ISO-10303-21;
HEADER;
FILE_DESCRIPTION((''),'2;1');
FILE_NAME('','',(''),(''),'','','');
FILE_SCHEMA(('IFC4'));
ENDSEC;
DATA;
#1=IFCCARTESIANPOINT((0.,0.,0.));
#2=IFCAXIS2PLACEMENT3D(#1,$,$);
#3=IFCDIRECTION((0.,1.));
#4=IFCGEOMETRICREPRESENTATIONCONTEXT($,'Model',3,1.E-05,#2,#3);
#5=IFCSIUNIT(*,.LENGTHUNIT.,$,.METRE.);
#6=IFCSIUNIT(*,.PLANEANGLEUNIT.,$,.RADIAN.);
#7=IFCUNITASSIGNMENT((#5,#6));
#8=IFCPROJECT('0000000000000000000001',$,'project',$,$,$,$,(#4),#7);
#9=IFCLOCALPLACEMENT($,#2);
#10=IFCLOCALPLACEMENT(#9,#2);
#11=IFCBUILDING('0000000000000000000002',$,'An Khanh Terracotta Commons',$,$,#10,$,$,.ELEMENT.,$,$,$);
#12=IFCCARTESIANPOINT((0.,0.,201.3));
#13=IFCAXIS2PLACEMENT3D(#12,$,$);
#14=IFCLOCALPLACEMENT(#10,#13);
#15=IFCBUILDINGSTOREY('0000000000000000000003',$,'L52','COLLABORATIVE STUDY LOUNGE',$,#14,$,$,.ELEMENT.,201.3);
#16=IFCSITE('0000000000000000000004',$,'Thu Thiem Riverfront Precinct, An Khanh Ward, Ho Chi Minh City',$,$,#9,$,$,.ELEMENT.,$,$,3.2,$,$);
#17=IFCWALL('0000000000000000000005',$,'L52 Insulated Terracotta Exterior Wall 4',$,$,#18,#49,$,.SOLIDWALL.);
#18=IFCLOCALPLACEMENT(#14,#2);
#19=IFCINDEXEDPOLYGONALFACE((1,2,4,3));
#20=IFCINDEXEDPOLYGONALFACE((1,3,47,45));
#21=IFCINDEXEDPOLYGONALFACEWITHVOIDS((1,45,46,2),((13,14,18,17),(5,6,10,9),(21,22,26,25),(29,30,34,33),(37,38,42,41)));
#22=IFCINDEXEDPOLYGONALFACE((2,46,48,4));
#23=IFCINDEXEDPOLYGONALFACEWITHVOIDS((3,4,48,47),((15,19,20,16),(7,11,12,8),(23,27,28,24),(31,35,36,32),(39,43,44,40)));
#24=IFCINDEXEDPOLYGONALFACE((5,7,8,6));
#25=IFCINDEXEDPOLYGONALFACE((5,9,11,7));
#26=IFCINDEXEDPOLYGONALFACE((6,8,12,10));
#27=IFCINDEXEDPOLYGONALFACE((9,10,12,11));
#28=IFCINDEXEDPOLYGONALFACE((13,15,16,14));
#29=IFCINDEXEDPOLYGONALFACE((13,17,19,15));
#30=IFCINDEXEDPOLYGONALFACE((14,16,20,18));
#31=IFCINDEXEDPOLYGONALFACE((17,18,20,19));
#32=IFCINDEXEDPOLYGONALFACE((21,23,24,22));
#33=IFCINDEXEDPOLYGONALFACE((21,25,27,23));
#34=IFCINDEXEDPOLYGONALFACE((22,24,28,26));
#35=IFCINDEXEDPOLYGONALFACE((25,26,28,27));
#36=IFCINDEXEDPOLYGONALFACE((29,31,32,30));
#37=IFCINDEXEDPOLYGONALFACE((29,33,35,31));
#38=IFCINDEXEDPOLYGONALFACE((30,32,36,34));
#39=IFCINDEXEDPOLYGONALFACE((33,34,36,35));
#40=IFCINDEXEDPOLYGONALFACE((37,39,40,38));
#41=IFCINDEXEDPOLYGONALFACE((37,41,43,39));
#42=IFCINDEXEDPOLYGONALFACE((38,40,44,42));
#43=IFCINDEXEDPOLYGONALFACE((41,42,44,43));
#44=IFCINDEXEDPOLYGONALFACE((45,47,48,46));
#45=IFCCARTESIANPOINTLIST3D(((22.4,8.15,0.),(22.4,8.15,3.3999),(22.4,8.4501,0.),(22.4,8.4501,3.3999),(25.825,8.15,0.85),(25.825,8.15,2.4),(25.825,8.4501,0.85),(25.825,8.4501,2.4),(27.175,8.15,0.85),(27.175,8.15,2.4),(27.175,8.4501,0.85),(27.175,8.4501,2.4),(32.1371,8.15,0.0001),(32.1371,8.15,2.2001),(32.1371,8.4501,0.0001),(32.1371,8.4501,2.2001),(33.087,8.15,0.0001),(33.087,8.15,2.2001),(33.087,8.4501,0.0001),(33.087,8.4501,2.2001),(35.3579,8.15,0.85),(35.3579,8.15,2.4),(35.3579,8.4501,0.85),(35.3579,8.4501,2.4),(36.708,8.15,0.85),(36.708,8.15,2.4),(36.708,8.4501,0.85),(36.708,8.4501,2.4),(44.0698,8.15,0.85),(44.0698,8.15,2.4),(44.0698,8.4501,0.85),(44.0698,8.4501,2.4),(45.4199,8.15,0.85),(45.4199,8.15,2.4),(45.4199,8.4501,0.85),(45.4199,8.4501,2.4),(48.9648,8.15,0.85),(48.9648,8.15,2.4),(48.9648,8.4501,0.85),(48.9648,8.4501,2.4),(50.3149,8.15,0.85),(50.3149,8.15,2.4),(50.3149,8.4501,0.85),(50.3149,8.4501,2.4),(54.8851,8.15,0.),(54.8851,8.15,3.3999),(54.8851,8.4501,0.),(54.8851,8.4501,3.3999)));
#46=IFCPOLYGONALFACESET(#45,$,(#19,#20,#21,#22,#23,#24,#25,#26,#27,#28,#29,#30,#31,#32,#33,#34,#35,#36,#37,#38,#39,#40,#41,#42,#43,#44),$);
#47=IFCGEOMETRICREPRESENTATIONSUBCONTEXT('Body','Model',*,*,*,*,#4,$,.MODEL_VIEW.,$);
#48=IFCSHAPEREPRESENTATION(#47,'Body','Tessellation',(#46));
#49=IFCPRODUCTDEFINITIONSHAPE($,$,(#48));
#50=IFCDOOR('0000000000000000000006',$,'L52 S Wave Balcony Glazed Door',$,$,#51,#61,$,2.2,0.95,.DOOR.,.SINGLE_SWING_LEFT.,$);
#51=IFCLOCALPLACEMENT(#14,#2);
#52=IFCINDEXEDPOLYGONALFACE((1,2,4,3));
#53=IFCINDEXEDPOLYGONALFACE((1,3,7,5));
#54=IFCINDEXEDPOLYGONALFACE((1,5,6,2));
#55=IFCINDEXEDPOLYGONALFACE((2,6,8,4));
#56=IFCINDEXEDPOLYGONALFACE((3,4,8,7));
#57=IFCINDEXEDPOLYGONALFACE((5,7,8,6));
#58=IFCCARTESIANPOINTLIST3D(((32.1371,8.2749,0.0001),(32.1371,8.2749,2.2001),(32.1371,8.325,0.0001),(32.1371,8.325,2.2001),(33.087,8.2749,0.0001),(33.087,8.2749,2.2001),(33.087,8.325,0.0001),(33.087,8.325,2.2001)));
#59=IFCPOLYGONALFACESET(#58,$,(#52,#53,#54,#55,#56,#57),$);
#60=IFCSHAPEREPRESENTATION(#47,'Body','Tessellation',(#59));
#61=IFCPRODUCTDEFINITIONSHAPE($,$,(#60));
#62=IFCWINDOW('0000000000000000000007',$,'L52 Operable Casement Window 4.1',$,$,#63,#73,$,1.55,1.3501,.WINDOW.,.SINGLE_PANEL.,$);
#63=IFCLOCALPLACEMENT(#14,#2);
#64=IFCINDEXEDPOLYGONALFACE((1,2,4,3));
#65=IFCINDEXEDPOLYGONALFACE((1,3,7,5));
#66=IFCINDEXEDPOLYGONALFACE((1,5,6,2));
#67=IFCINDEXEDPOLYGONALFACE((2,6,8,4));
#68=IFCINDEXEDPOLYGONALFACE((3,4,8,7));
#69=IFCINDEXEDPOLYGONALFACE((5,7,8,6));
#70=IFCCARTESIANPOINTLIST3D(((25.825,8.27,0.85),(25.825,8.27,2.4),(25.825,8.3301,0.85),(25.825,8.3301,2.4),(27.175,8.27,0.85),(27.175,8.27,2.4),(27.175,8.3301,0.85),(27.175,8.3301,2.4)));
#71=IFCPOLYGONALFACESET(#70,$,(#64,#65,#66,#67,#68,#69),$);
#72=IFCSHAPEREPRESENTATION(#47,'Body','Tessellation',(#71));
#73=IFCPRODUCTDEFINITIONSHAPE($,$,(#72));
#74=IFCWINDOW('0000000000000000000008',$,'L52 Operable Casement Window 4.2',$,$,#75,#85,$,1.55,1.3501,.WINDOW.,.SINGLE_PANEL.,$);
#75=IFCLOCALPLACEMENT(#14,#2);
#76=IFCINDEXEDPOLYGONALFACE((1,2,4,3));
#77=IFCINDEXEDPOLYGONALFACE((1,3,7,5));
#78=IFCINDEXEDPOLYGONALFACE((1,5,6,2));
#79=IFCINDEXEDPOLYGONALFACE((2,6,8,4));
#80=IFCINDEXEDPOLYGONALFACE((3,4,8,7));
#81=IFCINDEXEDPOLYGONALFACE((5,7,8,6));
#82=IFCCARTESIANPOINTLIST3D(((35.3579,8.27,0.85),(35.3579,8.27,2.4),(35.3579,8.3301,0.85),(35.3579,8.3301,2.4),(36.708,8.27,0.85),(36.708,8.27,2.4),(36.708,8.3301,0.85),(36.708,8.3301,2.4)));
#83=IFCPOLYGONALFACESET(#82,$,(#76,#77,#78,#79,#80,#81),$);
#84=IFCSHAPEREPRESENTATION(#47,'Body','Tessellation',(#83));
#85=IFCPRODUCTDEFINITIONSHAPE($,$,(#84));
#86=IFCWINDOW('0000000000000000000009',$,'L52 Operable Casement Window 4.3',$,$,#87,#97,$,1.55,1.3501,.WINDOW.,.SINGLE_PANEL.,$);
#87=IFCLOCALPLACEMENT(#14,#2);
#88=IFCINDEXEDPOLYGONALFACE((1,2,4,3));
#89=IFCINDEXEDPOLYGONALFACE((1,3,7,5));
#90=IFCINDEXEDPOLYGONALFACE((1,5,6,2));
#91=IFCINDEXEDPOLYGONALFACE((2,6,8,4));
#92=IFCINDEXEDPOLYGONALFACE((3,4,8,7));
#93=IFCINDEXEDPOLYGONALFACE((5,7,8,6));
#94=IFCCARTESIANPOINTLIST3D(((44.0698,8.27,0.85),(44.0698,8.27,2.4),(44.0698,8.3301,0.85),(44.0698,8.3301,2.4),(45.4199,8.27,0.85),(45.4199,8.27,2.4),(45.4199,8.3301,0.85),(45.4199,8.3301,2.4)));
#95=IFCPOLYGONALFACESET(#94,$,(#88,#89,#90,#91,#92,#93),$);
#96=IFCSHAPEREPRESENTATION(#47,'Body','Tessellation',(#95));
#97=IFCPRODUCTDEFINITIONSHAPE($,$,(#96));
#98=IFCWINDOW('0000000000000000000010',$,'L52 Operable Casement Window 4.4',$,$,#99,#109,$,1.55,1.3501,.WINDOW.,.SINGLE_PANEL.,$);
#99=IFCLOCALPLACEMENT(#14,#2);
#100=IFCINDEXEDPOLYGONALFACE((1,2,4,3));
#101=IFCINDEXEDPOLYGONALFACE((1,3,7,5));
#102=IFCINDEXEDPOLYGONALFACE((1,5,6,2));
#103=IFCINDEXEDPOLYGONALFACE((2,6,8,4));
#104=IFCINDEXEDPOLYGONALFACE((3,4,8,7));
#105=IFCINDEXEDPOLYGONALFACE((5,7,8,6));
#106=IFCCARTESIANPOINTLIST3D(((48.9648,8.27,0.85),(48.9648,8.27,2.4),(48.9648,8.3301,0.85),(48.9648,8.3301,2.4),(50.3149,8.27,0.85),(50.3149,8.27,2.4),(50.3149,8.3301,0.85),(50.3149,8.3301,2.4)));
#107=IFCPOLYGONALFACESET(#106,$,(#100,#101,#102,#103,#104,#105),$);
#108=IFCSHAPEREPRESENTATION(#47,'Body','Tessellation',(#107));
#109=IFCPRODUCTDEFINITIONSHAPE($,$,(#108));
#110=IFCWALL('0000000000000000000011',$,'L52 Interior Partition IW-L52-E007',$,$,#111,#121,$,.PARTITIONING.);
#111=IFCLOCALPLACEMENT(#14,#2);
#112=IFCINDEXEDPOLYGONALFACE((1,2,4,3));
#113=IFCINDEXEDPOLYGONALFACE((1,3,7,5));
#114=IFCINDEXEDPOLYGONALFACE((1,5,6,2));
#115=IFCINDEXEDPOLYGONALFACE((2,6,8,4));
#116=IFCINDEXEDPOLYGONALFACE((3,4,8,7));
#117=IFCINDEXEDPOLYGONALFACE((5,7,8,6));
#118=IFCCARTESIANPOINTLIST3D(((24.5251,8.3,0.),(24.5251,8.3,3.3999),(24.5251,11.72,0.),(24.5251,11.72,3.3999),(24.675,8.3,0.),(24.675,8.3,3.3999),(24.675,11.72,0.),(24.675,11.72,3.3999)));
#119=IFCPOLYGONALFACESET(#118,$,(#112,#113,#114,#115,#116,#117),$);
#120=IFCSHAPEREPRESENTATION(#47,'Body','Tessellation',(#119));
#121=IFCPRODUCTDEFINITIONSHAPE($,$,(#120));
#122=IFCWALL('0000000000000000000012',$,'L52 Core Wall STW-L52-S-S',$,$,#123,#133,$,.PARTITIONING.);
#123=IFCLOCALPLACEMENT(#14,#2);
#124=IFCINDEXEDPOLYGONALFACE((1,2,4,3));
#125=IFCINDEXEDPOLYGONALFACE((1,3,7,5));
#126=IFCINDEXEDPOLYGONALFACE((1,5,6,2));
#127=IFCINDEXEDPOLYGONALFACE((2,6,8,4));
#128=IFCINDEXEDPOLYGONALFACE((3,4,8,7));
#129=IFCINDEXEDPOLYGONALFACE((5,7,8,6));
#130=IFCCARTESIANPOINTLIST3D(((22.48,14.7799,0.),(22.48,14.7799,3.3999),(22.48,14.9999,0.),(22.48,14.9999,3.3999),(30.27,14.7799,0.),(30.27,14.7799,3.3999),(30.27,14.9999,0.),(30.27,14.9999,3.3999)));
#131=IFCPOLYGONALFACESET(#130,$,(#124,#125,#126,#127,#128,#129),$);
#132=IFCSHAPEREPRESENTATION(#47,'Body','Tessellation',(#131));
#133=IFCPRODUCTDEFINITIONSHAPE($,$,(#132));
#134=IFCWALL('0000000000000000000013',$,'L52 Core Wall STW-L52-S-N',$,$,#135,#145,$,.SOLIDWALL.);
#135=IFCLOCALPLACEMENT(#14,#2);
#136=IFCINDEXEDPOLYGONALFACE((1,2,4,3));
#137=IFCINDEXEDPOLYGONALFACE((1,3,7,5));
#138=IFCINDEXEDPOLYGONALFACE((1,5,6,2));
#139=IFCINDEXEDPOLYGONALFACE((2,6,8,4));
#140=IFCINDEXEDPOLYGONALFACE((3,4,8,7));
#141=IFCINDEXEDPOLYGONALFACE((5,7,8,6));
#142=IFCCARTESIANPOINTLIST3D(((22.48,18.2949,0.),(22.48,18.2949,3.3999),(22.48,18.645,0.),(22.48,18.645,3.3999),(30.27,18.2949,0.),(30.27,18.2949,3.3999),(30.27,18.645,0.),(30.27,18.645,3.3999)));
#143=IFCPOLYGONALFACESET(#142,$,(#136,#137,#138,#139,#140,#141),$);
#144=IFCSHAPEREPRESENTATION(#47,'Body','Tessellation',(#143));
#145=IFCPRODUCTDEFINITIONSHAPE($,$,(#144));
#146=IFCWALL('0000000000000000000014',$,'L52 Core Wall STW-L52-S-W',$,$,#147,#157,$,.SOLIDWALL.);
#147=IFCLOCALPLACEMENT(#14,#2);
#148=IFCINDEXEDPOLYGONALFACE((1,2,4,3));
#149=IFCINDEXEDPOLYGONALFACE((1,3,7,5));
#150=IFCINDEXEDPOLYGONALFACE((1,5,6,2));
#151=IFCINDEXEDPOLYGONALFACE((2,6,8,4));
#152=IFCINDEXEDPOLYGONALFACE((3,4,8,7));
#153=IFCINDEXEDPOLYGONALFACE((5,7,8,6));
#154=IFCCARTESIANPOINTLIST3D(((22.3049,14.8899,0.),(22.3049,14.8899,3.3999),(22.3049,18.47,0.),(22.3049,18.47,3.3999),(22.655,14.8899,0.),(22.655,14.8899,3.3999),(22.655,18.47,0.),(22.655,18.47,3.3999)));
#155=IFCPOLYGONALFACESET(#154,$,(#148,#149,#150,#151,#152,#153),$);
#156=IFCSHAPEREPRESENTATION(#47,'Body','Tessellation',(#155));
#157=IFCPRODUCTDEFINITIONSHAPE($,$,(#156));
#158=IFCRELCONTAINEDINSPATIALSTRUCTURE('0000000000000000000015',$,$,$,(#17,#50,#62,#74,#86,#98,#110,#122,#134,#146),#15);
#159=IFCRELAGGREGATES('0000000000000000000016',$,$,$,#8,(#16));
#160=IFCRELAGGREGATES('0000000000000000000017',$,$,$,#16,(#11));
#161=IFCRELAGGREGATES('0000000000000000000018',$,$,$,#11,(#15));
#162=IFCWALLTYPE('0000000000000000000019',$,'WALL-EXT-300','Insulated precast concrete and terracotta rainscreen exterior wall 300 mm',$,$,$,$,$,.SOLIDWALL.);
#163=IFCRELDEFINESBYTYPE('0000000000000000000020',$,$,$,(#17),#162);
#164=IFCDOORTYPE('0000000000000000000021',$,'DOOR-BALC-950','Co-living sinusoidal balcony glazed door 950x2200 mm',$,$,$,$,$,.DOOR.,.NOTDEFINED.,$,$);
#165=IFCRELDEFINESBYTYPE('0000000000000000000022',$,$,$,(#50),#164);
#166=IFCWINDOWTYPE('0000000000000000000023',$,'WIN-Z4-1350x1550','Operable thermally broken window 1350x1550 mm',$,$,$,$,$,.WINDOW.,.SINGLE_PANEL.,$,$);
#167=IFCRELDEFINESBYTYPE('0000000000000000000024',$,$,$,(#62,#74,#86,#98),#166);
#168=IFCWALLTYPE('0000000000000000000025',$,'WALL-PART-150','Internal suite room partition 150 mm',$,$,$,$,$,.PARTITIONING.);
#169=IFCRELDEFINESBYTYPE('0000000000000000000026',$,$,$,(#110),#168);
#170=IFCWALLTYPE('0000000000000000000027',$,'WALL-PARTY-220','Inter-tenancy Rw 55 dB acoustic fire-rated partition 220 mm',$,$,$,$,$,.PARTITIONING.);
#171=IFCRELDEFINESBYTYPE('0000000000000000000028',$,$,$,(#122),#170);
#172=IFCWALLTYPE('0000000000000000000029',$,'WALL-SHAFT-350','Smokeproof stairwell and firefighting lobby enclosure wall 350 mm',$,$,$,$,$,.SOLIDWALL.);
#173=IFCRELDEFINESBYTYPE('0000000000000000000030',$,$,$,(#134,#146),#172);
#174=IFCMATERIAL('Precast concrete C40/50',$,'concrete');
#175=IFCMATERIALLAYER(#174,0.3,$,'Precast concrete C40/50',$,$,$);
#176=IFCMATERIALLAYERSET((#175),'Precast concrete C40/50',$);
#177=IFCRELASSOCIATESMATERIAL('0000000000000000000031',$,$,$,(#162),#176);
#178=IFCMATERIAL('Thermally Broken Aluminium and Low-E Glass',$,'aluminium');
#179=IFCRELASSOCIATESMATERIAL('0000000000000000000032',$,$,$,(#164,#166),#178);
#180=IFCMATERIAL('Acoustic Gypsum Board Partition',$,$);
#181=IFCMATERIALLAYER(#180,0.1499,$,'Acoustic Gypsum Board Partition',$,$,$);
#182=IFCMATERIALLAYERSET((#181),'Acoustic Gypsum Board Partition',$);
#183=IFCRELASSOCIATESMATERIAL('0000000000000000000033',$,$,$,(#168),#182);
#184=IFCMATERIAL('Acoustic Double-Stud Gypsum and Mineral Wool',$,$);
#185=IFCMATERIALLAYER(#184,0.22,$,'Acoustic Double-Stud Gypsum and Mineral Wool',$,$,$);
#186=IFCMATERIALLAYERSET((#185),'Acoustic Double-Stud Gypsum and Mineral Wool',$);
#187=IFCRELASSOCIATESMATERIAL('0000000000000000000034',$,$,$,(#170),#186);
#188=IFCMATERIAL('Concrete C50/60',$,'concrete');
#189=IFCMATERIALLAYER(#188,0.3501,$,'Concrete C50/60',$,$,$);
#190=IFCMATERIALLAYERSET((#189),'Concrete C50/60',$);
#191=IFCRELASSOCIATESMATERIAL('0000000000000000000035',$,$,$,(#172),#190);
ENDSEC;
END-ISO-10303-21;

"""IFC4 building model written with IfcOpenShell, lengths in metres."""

from ifc_helpers import new_model, si_unit, direction, frame, frame_2d, origin, place, context, subcontext, project, spatial, rectangle, extrude, material, layer, layer_set, type_object, element, fill, save


model = new_model("IFC4")

# Units and contexts
model_context = context("Model", 3, precision=1e-05, world=origin(), true_north=direction((0.0, 1.0)))
body_context = subcontext(model_context, "Body", "Model", "MODEL_VIEW")
ifc_project = project(units=[si_unit("LENGTHUNIT", "METRE"), si_unit("PLANEANGLEUNIT", "RADIAN")], contexts=[model_context])

# Site, building, storey
site_placement = place(None, origin())
site = spatial("IfcSite", under=ifc_project, at=site_placement, Name="Thu Thiem Riverfront Precinct, An Khanh Ward, Ho Chi Minh City", CompositionType="ELEMENT", RefElevation=3.2)
building_placement = place(site_placement, origin())
building = spatial("IfcBuilding", under=site, at=building_placement, Name="An Khanh Terracotta Commons", CompositionType="ELEMENT")
storey_placement = place(building_placement, frame((0.0, 0.0, 201.3)))
storey = spatial("IfcBuildingStorey", under=building, at=storey_placement, Name="L52", Description="COLLABORATIVE STUDY LOUNGE", CompositionType="ELEMENT", Elevation=201.3)

# Shared definitions
ifc_material_1 = material(Name="Concrete C50/60", Category="concrete")

# Shared definitions
ifc_material_2 = material(Name="Precast concrete C40/50", Category="concrete")
ifc_layer_1 = layer(ifc_material_2, 0.3, Name="Precast concrete C40/50")
ifc_layer_set_1 = layer_set([ifc_layer_1], Name="Precast concrete C40/50")
wall_type_1 = type_object("IfcWallType", Name="WALL-EXT-300", Description="Insulated precast concrete and terracotta rainscreen exterior wall 300 mm", PredefinedType="SOLIDWALL", material=ifc_layer_set_1)

# Wall, openings, door, windows
wall_1_placement = place(storey_placement, frame((22.3999, 8.3, 0.0), z_axis=(0.0, 0.0, 1.0), x_axis=(1.0, 0.0, 0.0)))
wall_1 = element("IfcWall", 1, at=wall_1_placement, inside=storey, type_object=wall_type_1, Name="L52 Insulated Terracotta Exterior Wall 4", PredefinedType="SOLIDWALL", context=body_context, shape_type="SweptSolid", body=[
    extrude(rectangle(XDim=32.4851, YDim=0.3, at=frame_2d((16.2427, 0.0))), origin(), (0.0, 0.0, 1.0), 3.3999),
])
opening_1_placement = place(wall_1_placement, frame((9.7371, 0.0, 0.0)))
opening_1 = element("IfcOpeningElement", 2, at=opening_1_placement, cuts=wall_1, PredefinedType="OPENING", context=body_context, shape_type="SweptSolid", body=[
    extrude(rectangle(XDim=0.95, YDim=2.2, at=frame_2d((0.4751, 1.1001))), frame((0.0, 0.1599, 0.0), z_axis=(0.0, -1.0, 0.0), x_axis=(1.0, 0.0, 0.0)), (0.0, 0.0, 1.0), 0.3201),
])
opening_2_placement = place(wall_1_placement, frame((3.425, 0.0, 0.8501)))
opening_2 = element("IfcOpeningElement", 3, at=opening_2_placement, cuts=wall_1, PredefinedType="OPENING", context=body_context, shape_type="SweptSolid", body=[
    extrude(rectangle(XDim=1.3501, YDim=1.55, at=frame_2d((0.675, 0.7749))), frame((0.0, 0.1599, 0.0), z_axis=(0.0, -1.0, 0.0), x_axis=(1.0, 0.0, 0.0)), (0.0, 0.0, 1.0), 0.3201),
])
opening_3_placement = place(wall_1_placement, frame((12.958, 0.0, 0.8501)))
opening_3 = element("IfcOpeningElement", 4, at=opening_3_placement, cuts=wall_1, PredefinedType="OPENING", context=body_context, shape_type="SweptSolid", body=[
    extrude(rectangle(XDim=1.3501, YDim=1.55, at=frame_2d((0.675, 0.7749))), frame((0.0, 0.1599, 0.0), z_axis=(0.0, -1.0, 0.0), x_axis=(1.0, 0.0, 0.0)), (0.0, 0.0, 1.0), 0.3201),
])
opening_4_placement = place(wall_1_placement, frame((21.6699, 0.0, 0.8501)))
opening_4 = element("IfcOpeningElement", 5, at=opening_4_placement, cuts=wall_1, PredefinedType="OPENING", context=body_context, shape_type="SweptSolid", body=[
    extrude(rectangle(XDim=1.3501, YDim=1.55, at=frame_2d((0.675, 0.7749))), frame((0.0, 0.1599, 0.0), z_axis=(0.0, -1.0, 0.0), x_axis=(1.0, 0.0, 0.0)), (0.0, 0.0, 1.0), 0.3201),
])
opening_5_placement = place(wall_1_placement, frame((26.5649, 0.0, 0.8501)))
opening_5 = element("IfcOpeningElement", 6, at=opening_5_placement, cuts=wall_1, PredefinedType="OPENING", context=body_context, shape_type="SweptSolid", body=[
    extrude(rectangle(XDim=1.3501, YDim=1.55, at=frame_2d((0.675, 0.7749))), frame((0.0, 0.1599, 0.0), z_axis=(0.0, -1.0, 0.0), x_axis=(1.0, 0.0, 0.0)), (0.0, 0.0, 1.0), 0.3201),
])
ifc_material_3 = material(Name="Thermally Broken Aluminium and Low-E Glass", Category="aluminium")
door_type_1 = type_object("IfcDoorType", Name="DOOR-BALC-950", Description="Co-living sinusoidal balcony glazed door 950x2200 mm", OperationType="NOTDEFINED", PredefinedType="DOOR", material=ifc_material_3)
door_1_placement = place(opening_1_placement, origin())
door_1 = element("IfcDoor", 7, at=door_1_placement, inside=storey, type_object=door_type_1, Name="L52 S Wave Balcony Glazed Door", OperationType="SINGLE_SWING_LEFT", OverallHeight=2.2, OverallWidth=0.95, PredefinedType="DOOR", context=body_context, shape_type="SweptSolid", body=[
    extrude(rectangle(XDim=0.95, YDim=2.2, at=frame_2d((0.4751, 1.1001))), frame((0.0, 0.0249, 0.0), z_axis=(0.0, -1.0, 0.0), x_axis=(1.0, 0.0, 0.0)), (0.0, 0.0, 1.0), 0.05),
])
fill(opening_1, door_1)
window_type = type_object("IfcWindowType", Name="WIN-Z4-1350x1550", Description="Operable thermally broken window 1350x1550 mm", PartitioningType="SINGLE_PANEL", PredefinedType="WINDOW", material=ifc_material_3)
window_1_placement = place(opening_2_placement, origin())
window_1 = element("IfcWindow", 8, at=window_1_placement, inside=storey, type_object=window_type, Name="L52 Operable Casement Window 4.1", OverallHeight=1.55, OverallWidth=1.3501, PartitioningType="SINGLE_PANEL", PredefinedType="WINDOW", context=body_context, shape_type="SweptSolid", body=[
    extrude(rectangle(XDim=1.3501, YDim=1.55, at=frame_2d((0.675, 0.7749))), frame((0.0, 0.03, 0.0), z_axis=(0.0, -1.0, 0.0), x_axis=(1.0, 0.0, 0.0)), (0.0, 0.0, 1.0), 0.0601),
])
fill(opening_2, window_1)
window_2_placement = place(opening_3_placement, origin())
window_2 = element("IfcWindow", 9, at=window_2_placement, inside=storey, type_object=window_type, Name="L52 Operable Casement Window 4.2", OverallHeight=1.55, OverallWidth=1.3501, PartitioningType="SINGLE_PANEL", PredefinedType="WINDOW", context=body_context, shape_type="SweptSolid", body=[
    extrude(rectangle(XDim=1.3501, YDim=1.55, at=frame_2d((0.675, 0.7749))), frame((0.0, 0.03, 0.0), z_axis=(0.0, -1.0, 0.0), x_axis=(1.0, 0.0, 0.0)), (0.0, 0.0, 1.0), 0.0601),
])
fill(opening_3, window_2)
window_3_placement = place(opening_4_placement, origin())
window_3 = element("IfcWindow", 10, at=window_3_placement, inside=storey, type_object=window_type, Name="L52 Operable Casement Window 4.3", OverallHeight=1.55, OverallWidth=1.3501, PartitioningType="SINGLE_PANEL", PredefinedType="WINDOW", context=body_context, shape_type="SweptSolid", body=[
    extrude(rectangle(XDim=1.3501, YDim=1.55, at=frame_2d((0.675, 0.7749))), frame((0.0, 0.03, 0.0), z_axis=(0.0, -1.0, 0.0), x_axis=(1.0, 0.0, 0.0)), (0.0, 0.0, 1.0), 0.0601),
])
fill(opening_4, window_3)
window_4_placement = place(opening_5_placement, origin())
window_4 = element("IfcWindow", 11, at=window_4_placement, inside=storey, type_object=window_type, Name="L52 Operable Casement Window 4.4", OverallHeight=1.55, OverallWidth=1.3501, PartitioningType="SINGLE_PANEL", PredefinedType="WINDOW", context=body_context, shape_type="SweptSolid", body=[
    extrude(rectangle(XDim=1.3501, YDim=1.55, at=frame_2d((0.675, 0.7749))), frame((0.0, 0.03, 0.0), z_axis=(0.0, -1.0, 0.0), x_axis=(1.0, 0.0, 0.0)), (0.0, 0.0, 1.0), 0.0601),
])
fill(opening_5, window_4)

# Walls
ifc_material_4 = material(Name="Acoustic Gypsum Board Partition")
ifc_layer_2 = layer(ifc_material_4, 0.1499, Name="Acoustic Gypsum Board Partition")
ifc_layer_set_2 = layer_set([ifc_layer_2], Name="Acoustic Gypsum Board Partition")
wall_type_2 = type_object("IfcWallType", Name="WALL-PART-150", Description="Internal suite room partition 150 mm", PredefinedType="PARTITIONING", material=ifc_layer_set_2)
wall_2_placement = place(storey_placement, frame((24.6001, 8.3, 0.0), z_axis=(0.0, 0.0, 1.0), x_axis=(0.0, 1.0, 0.0)))
element("IfcWall", 12, at=wall_2_placement, inside=storey, type_object=wall_type_2, Name="L52 Interior Partition IW-L52-E007", PredefinedType="PARTITIONING", context=body_context, shape_type="SweptSolid", body=[
    extrude(rectangle(XDim=3.4199, YDim=0.1499, at=frame_2d((1.71, 0.0))), origin(), (0.0, 0.0, 1.0), 3.3999),
])
ifc_material_5 = material(Name="Acoustic Double-Stud Gypsum and Mineral Wool")
ifc_layer_3 = layer(ifc_material_5, 0.22, Name="Acoustic Double-Stud Gypsum and Mineral Wool")
ifc_layer_set_3 = layer_set([ifc_layer_3], Name="Acoustic Double-Stud Gypsum and Mineral Wool")
wall_type_3 = type_object("IfcWallType", Name="WALL-PARTY-220", Description="Inter-tenancy Rw 55 dB acoustic fire-rated partition 220 mm", PredefinedType="PARTITIONING", material=ifc_layer_set_3)
wall_3_placement = place(storey_placement, frame((22.48, 14.8899, 0.0), z_axis=(0.0, 0.0, 1.0), x_axis=(1.0, 0.0, 0.0)))
element("IfcWall", 13, at=wall_3_placement, inside=storey, type_object=wall_type_3, Name="L52 Core Wall STW-L52-S-S", PredefinedType="PARTITIONING", context=body_context, shape_type="SweptSolid", body=[
    extrude(rectangle(XDim=7.79, YDim=0.22, at=frame_2d((3.895, 0.0))), origin(), (0.0, 0.0, 1.0), 3.3999),
])
ifc_layer_4 = layer(ifc_material_1, 0.3501, Name="Concrete C50/60")
ifc_layer_set_4 = layer_set([ifc_layer_4], Name="Concrete C50/60")
wall_type_4 = type_object("IfcWallType", Name="WALL-SHAFT-350", Description="Smokeproof stairwell and firefighting lobby enclosure wall 350 mm", PredefinedType="SOLIDWALL", material=ifc_layer_set_4)
wall_4_placement = place(storey_placement, frame((22.48, 18.47, 0.0), z_axis=(0.0, 0.0, 1.0), x_axis=(1.0, 0.0, 0.0)))
element("IfcWall", 14, at=wall_4_placement, inside=storey, type_object=wall_type_4, Name="L52 Core Wall STW-L52-S-N", PredefinedType="SOLIDWALL", context=body_context, shape_type="SweptSolid", body=[
    extrude(rectangle(XDim=7.79, YDim=0.3501, at=frame_2d((3.895, 0.0))), origin(), (0.0, 0.0, 1.0), 3.3999),
])
wall_5_placement = place(storey_placement, frame((22.48, 14.8899, 0.0), z_axis=(0.0, 0.0, 1.0), x_axis=(0.0, 1.0, 0.0)))
element("IfcWall", 15, at=wall_5_placement, inside=storey, type_object=wall_type_4, Name="L52 Core Wall STW-L52-S-W", PredefinedType="SOLIDWALL", context=body_context, shape_type="SweptSolid", body=[
    extrude(rectangle(XDim=3.5801, YDim=0.3501, at=frame_2d((1.79, 0.0))), origin(), (0.0, 0.0, 1.0), 3.3999),
])

save(model, "model.ifc")
